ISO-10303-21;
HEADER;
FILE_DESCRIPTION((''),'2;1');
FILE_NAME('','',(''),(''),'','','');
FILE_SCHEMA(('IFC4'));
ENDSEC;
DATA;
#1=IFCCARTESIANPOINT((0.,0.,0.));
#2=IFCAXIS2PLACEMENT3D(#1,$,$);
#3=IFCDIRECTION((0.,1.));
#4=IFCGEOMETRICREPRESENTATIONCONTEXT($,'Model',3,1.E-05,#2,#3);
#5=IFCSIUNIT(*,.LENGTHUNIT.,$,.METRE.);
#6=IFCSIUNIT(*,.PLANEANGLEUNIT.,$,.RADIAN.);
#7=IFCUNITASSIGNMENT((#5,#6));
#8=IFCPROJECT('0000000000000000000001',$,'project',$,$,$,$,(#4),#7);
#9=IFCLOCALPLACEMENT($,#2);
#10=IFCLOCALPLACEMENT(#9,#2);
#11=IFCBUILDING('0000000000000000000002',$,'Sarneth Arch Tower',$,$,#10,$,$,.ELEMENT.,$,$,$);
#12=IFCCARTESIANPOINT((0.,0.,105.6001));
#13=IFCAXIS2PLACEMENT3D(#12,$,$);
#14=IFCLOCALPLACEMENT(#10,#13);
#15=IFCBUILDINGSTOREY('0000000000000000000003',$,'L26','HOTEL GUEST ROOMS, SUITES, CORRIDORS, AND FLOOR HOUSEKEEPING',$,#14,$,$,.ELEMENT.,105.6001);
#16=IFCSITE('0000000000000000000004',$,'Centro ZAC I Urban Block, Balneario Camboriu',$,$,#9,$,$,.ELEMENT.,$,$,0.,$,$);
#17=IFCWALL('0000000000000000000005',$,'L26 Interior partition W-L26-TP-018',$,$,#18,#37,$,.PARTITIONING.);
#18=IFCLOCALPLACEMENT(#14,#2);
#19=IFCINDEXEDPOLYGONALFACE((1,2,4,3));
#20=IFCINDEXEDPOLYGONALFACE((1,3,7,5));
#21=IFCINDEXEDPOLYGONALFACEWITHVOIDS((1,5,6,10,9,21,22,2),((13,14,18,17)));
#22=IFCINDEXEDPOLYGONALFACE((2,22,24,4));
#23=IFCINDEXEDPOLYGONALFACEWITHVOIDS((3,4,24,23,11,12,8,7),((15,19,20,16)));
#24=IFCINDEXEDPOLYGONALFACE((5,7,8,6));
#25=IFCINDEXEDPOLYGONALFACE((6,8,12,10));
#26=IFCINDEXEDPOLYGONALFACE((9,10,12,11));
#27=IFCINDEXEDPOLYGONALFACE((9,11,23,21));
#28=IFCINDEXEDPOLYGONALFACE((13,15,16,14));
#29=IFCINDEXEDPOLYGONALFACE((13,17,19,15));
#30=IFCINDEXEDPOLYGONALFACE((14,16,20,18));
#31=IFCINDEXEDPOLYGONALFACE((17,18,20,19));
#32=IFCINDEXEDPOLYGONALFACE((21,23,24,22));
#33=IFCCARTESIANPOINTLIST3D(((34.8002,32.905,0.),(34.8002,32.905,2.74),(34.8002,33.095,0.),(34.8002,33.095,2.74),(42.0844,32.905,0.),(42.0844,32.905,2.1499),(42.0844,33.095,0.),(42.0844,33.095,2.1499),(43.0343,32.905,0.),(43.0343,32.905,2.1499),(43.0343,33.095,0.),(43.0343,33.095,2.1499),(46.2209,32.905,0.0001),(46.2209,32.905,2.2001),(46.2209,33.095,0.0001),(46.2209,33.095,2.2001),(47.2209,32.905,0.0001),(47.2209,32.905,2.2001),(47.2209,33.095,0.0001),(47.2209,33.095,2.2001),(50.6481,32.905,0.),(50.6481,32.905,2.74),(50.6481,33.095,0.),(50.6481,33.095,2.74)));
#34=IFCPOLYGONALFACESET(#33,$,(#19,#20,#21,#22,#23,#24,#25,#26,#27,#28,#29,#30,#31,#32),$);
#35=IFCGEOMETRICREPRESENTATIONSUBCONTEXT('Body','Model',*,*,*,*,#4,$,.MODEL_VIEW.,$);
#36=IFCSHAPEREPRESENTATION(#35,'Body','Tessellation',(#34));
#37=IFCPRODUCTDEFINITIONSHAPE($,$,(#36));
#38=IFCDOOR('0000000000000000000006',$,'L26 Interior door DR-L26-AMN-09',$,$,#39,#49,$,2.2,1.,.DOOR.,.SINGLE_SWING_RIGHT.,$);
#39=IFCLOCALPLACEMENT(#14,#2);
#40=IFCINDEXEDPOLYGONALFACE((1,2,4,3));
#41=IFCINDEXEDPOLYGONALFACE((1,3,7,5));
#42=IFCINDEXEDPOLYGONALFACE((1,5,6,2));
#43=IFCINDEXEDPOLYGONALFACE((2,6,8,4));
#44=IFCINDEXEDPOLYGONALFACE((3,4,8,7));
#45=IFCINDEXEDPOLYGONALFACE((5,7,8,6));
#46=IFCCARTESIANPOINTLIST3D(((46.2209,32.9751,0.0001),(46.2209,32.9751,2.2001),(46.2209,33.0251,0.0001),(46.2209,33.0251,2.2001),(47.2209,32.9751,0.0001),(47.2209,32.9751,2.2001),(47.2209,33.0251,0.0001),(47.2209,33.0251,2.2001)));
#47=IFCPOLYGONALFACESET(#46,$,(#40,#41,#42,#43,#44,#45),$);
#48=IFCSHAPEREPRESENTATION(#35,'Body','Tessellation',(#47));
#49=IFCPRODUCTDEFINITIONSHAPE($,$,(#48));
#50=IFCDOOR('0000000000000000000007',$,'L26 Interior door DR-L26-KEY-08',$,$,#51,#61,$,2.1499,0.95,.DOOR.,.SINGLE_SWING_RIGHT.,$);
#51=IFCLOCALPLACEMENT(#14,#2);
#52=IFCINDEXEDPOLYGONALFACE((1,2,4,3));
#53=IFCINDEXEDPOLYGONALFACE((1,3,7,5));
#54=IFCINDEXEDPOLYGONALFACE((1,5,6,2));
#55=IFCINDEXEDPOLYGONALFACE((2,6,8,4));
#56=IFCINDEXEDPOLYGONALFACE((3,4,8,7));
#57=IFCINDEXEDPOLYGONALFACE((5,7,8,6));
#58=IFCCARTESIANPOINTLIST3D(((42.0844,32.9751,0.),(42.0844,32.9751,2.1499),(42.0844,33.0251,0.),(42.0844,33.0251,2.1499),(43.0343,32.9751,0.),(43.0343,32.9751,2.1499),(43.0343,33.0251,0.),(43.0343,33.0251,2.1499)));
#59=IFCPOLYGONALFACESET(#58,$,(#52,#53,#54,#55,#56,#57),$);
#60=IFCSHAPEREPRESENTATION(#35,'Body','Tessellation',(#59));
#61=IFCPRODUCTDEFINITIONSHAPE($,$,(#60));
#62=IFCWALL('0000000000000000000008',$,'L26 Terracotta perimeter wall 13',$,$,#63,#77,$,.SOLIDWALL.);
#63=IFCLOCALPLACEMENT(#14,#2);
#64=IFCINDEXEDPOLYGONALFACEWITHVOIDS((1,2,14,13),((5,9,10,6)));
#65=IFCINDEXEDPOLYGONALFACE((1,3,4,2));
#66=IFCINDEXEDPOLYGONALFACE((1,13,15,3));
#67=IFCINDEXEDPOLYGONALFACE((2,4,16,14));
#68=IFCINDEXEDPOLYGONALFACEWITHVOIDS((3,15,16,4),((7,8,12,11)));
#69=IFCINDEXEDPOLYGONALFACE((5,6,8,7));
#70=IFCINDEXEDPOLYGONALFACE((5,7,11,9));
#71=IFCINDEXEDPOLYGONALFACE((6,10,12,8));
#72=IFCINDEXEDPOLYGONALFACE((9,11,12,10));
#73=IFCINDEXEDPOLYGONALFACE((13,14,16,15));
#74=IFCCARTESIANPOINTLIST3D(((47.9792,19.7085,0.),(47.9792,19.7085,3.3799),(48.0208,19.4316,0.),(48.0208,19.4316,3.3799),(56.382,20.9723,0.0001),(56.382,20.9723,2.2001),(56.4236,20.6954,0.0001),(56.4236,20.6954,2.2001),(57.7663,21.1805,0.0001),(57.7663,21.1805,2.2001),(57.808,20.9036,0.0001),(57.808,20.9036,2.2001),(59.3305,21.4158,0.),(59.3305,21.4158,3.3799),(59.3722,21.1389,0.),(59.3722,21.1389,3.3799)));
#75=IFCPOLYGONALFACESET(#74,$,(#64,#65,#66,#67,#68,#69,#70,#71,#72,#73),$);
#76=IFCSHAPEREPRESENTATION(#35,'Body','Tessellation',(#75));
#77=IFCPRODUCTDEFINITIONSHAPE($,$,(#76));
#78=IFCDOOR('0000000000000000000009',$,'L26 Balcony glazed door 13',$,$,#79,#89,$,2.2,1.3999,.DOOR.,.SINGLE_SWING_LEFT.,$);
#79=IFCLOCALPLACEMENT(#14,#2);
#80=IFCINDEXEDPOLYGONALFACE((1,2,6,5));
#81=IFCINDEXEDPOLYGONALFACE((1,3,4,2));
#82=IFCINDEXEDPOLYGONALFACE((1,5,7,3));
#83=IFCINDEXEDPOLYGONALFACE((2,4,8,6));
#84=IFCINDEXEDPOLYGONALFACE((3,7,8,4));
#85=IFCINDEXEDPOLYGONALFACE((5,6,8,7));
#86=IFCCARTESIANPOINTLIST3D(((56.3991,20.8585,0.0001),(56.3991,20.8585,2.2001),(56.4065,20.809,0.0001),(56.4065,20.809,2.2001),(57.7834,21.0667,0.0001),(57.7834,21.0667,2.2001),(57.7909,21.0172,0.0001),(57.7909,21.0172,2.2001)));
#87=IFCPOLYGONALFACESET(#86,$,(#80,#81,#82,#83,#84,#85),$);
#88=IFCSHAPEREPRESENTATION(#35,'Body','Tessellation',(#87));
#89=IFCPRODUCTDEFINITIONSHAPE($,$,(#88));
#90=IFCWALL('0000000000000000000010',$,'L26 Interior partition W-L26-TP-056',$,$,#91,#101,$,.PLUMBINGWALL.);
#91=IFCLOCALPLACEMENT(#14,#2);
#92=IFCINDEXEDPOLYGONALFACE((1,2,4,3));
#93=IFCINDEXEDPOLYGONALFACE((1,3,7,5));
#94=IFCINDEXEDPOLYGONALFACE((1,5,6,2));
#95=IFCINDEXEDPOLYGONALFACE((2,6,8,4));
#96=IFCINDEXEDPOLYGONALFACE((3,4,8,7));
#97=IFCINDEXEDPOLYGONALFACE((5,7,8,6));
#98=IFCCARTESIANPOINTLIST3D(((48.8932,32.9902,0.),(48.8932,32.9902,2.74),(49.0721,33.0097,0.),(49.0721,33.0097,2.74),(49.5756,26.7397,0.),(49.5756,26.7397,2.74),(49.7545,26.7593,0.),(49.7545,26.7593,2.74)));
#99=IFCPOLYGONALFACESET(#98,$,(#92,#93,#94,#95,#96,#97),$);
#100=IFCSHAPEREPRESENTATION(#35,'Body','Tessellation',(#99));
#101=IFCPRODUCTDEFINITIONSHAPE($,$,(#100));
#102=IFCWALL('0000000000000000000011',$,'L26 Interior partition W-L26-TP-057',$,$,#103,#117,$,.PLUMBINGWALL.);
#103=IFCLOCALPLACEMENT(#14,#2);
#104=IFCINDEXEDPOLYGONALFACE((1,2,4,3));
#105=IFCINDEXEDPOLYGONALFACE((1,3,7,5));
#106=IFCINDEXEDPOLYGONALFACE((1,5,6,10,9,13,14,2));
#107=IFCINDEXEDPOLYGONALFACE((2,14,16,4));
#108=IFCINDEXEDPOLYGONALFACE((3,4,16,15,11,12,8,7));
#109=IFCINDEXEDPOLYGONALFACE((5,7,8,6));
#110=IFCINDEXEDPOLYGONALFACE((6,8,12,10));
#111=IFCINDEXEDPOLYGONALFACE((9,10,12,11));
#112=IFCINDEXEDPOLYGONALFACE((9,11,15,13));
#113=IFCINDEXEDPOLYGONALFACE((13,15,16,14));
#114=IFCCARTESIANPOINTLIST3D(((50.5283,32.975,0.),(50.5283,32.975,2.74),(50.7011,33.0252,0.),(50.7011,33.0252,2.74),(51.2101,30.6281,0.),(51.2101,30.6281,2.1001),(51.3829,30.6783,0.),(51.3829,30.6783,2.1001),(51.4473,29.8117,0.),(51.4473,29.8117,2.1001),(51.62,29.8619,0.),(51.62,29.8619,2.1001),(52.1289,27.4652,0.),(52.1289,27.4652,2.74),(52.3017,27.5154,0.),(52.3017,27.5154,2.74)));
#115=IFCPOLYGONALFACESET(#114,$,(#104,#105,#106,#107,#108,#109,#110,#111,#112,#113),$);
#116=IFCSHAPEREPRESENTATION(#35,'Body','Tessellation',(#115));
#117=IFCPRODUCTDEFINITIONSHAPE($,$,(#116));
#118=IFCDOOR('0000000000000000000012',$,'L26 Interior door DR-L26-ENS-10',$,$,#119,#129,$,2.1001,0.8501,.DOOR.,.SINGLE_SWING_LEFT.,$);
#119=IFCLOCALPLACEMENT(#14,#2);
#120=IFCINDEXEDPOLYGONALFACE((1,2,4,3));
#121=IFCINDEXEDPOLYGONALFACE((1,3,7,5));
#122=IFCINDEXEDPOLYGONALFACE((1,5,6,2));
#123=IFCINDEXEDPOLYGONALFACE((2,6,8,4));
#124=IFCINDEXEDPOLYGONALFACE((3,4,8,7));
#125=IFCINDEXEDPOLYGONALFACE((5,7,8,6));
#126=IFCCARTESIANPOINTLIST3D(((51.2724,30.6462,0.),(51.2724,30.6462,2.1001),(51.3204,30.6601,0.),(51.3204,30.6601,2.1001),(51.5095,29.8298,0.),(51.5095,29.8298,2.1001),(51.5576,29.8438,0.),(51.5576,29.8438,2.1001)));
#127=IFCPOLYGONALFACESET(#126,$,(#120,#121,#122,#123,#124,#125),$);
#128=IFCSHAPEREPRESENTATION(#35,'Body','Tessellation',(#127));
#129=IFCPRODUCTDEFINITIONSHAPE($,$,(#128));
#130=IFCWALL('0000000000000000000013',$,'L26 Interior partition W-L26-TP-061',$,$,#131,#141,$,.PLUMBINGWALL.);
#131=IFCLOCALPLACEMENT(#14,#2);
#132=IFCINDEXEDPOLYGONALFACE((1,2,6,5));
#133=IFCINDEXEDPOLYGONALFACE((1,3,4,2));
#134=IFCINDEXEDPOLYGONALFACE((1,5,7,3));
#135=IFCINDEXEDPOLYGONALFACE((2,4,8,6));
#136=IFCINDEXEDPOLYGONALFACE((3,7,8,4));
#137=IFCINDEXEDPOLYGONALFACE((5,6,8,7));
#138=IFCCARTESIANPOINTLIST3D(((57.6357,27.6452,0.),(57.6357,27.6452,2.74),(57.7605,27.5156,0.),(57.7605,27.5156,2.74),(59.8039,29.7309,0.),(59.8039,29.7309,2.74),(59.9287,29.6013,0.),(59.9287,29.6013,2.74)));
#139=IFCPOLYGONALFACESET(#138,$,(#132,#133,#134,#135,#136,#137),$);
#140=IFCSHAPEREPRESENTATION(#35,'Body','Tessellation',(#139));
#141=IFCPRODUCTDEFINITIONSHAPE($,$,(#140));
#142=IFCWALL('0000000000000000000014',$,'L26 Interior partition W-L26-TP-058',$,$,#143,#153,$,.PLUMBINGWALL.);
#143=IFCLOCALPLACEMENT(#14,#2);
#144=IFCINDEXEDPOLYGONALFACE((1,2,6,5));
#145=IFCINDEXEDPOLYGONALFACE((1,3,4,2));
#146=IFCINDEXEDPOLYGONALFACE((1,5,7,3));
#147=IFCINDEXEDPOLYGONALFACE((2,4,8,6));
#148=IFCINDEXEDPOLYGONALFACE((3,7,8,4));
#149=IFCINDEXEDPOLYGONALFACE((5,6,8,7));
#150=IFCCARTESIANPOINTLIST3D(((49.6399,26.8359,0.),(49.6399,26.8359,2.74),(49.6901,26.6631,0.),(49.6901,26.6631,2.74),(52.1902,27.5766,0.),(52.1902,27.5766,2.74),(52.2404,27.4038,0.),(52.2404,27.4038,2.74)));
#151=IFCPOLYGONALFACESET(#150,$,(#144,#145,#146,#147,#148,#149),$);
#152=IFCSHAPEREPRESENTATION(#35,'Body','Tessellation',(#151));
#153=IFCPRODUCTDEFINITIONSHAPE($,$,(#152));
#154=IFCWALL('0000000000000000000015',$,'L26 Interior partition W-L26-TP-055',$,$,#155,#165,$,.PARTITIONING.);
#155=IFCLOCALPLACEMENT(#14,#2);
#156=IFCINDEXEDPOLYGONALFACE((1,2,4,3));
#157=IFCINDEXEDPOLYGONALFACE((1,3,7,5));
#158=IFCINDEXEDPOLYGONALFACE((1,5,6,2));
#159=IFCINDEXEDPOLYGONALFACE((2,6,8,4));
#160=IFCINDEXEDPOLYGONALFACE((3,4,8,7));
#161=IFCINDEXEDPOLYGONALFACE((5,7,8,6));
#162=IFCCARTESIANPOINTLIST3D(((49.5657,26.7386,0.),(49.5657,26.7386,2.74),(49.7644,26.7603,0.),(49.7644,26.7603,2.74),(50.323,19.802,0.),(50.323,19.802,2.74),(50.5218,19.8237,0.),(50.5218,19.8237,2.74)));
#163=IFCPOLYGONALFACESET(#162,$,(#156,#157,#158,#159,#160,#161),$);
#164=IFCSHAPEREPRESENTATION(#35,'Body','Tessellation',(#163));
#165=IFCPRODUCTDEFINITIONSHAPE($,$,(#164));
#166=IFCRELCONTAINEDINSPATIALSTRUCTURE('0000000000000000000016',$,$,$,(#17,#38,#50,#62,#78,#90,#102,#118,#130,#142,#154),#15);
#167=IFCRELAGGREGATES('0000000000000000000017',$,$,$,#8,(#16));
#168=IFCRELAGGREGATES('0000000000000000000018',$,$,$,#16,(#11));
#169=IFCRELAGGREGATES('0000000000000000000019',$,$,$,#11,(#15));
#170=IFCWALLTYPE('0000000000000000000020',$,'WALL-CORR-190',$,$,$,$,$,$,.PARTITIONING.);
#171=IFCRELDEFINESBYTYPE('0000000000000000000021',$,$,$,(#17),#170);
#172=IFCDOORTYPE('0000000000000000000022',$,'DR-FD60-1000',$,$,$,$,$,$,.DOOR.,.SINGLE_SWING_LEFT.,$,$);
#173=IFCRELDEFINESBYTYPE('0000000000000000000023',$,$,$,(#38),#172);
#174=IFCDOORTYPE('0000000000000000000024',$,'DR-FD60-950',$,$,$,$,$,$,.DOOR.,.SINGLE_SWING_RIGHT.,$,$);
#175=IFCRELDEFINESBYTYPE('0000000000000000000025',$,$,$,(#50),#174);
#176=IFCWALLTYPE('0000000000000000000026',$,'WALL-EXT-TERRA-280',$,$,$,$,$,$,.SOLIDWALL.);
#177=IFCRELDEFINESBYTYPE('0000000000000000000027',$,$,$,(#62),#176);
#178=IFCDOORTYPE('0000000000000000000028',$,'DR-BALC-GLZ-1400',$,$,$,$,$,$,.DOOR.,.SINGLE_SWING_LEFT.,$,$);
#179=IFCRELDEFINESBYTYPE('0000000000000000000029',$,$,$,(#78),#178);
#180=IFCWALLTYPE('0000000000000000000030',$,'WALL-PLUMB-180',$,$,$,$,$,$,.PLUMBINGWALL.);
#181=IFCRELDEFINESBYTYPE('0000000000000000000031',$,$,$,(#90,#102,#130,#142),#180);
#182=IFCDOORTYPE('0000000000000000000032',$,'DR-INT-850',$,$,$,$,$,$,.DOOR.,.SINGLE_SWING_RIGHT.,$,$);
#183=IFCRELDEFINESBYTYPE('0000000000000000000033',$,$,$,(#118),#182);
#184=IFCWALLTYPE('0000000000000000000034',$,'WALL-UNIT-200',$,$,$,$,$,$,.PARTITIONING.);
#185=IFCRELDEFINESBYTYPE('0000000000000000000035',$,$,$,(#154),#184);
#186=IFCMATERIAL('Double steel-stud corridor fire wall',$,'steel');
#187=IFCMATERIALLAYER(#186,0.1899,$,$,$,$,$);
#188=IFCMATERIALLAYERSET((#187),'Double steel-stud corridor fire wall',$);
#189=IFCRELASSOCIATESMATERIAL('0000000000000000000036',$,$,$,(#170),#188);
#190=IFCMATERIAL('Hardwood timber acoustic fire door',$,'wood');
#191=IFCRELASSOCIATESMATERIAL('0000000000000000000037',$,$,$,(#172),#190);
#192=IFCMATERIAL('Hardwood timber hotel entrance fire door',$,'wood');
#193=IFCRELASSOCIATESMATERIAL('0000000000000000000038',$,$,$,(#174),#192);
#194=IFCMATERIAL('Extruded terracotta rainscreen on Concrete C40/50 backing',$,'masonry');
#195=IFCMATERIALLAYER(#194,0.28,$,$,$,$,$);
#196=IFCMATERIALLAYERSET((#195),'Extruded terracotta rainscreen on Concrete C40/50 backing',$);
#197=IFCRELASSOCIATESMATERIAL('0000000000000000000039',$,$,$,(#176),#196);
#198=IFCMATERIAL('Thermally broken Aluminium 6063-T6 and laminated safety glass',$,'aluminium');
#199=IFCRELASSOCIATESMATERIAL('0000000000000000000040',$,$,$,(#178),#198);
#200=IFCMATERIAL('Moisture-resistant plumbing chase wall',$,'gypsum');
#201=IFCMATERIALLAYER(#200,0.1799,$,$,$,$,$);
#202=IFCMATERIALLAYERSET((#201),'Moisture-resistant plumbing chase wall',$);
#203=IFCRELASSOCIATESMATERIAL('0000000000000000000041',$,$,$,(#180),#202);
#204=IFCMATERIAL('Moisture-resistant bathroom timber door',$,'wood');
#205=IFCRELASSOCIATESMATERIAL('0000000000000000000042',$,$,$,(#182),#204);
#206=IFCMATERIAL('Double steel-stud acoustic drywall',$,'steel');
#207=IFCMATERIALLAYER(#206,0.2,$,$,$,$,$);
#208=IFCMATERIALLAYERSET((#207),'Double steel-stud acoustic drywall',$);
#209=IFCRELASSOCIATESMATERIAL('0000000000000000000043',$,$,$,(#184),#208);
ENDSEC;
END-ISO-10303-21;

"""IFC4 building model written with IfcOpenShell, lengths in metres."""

from ifc_helpers import new_model, si_unit, direction, frame, frame_2d, origin, place, context, subcontext, project, spatial, rectangle, extrude, material, layer, layer_set, type_object, element, fill, save


model = new_model("IFC4")

# Units and contexts
model_context = context("Model", 3, precision=1e-05, world=origin(), true_north=direction((0.0, 1.0)))
body_context = subcontext(model_context, "Body", "Model", "MODEL_VIEW")
ifc_project = project(units=[si_unit("LENGTHUNIT", "METRE"), si_unit("PLANEANGLEUNIT", "RADIAN")], contexts=[model_context])

# Site, building, storey
site_placement = place(None, origin())
site = spatial("IfcSite", under=ifc_project, at=site_placement, Name="Centro ZAC I Urban Block, Balneario Camboriu", CompositionType="ELEMENT", RefElevation=0.0)
building_placement = place(site_placement, origin())
building = spatial("IfcBuilding", under=site, at=building_placement, Name="Sarneth Arch Tower", CompositionType="ELEMENT")
storey_placement = place(building_placement, frame((0.0, 0.0, 105.6001)))
storey = spatial("IfcBuildingStorey", under=building, at=storey_placement, Name="L26", Description="HOTEL GUEST ROOMS, SUITES, CORRIDORS, AND FLOOR HOUSEKEEPING", CompositionType="ELEMENT", Elevation=105.6001)

# Wall, openings, doors
ifc_material_1 = material(Name="Double steel-stud corridor fire wall", Category="steel")
ifc_layer_1 = layer(ifc_material_1, 0.1899)
ifc_layer_set_1 = layer_set([ifc_layer_1], Name="Double steel-stud corridor fire wall")
wall_type_1 = type_object("IfcWallType", Name="WALL-CORR-190", PredefinedType="PARTITIONING", material=ifc_layer_set_1)
wall_1_placement = place(storey_placement, frame((50.6479, 33.0, 0.0), z_axis=(0.0, 0.0, 1.0), x_axis=(-1.0, 0.0, 0.0)))
wall_1 = element("IfcWall", 1, at=wall_1_placement, inside=storey, type_object=wall_type_1, Name="L26 Interior partition W-L26-TP-018", PredefinedType="PARTITIONING", context=body_context, shape_type="SweptSolid", body=[
    extrude(rectangle(XDim=15.8479, YDim=0.1899, at=frame_2d((7.9238, 0.0))), origin(), (0.0, 0.0, 1.0), 2.74),
])
opening_1_placement = place(wall_1_placement, frame((3.427, 0.0, 0.0)))
opening_1 = element("IfcOpeningElement", 2, at=opening_1_placement, cuts=wall_1, PredefinedType="OPENING", context=body_context, shape_type="SweptSolid", body=[
    extrude(rectangle(XDim=1.0, YDim=2.2, at=frame_2d((0.5, 1.1001))), frame((0.0, 0.105, 0.0), z_axis=(0.0, -1.0, 0.0), x_axis=(1.0, 0.0, 0.0)), (0.0, 0.0, 1.0), 0.21),
])
opening_2_placement = place(wall_1_placement, frame((7.6135, 0.0, 0.0)))
opening_2 = element("IfcOpeningElement", 3, at=opening_2_placement, cuts=wall_1, PredefinedType="OPENING", context=body_context, shape_type="SweptSolid", body=[
    extrude(rectangle(XDim=0.95, YDim=2.1499, at=frame_2d((0.4751, 1.075))), frame((0.0, 0.105, 0.0), z_axis=(0.0, -1.0, 0.0), x_axis=(1.0, 0.0, 0.0)), (0.0, 0.0, 1.0), 0.21),
])
ifc_material_2 = material(Name="Hardwood timber acoustic fire door", Category="wood")
door_type_1 = type_object("IfcDoorType", Name="DR-FD60-1000", OperationType="SINGLE_SWING_LEFT", PredefinedType="DOOR", material=ifc_material_2)
door_1_placement = place(opening_1_placement, origin())
door_1 = element("IfcDoor", 4, at=door_1_placement, inside=storey, type_object=door_type_1, Name="L26 Interior door DR-L26-AMN-09", OperationType="SINGLE_SWING_RIGHT", OverallHeight=2.2, OverallWidth=1.0, PredefinedType="DOOR", context=body_context, shape_type="SweptSolid", body=[
    extrude(rectangle(XDim=1.0, YDim=2.2, at=frame_2d((0.5, 1.1001))), frame((0.0, 0.0249, 0.0), z_axis=(0.0, -1.0, 0.0), x_axis=(1.0, 0.0, 0.0)), (0.0, 0.0, 1.0), 0.05),
])
fill(opening_1, door_1)
ifc_material_3 = material(Name="Hardwood timber hotel entrance fire door", Category="wood")
door_type_2 = type_object("IfcDoorType", Name="DR-FD60-950", OperationType="SINGLE_SWING_RIGHT", PredefinedType="DOOR", material=ifc_material_3)
door_2_placement = place(opening_2_placement, origin())
door_2 = element("IfcDoor", 5, at=door_2_placement, inside=storey, type_object=door_type_2, Name="L26 Interior door DR-L26-KEY-08", OperationType="SINGLE_SWING_RIGHT", OverallHeight=2.1499, OverallWidth=0.95, PredefinedType="DOOR", context=body_context, shape_type="SweptSolid", body=[
    extrude(rectangle(XDim=0.95, YDim=2.1499, at=frame_2d((0.4751, 1.075))), frame((0.0, 0.0249, 0.0), z_axis=(0.0, -1.0, 0.0), x_axis=(1.0, 0.0, 0.0)), (0.0, 0.0, 1.0), 0.05),
])
fill(opening_2, door_2)

# Wall, opening, door
ifc_material_4 = material(Name="Extruded terracotta rainscreen on Concrete C40/50 backing", Category="masonry")
ifc_layer_2 = layer(ifc_material_4, 0.28)
ifc_layer_set_2 = layer_set([ifc_layer_2], Name="Extruded terracotta rainscreen on Concrete C40/50 backing")
wall_type_2 = type_object("IfcWallType", Name="WALL-EXT-TERRA-280", PredefinedType="SOLIDWALL", material=ifc_layer_set_2)
wall_2_placement = place(storey_placement, frame((48.0, 19.5701, 0.0), z_axis=(0.0, 0.0, 1.0), x_axis=(0.988878, 0.14873, 0.0)))
wall_2 = element("IfcWall", 6, at=wall_2_placement, inside=storey, type_object=wall_type_2, Name="L26 Terracotta perimeter wall 13", PredefinedType="SOLIDWALL", context=body_context, shape_type="SweptSolid", body=[
    extrude(rectangle(XDim=11.479, YDim=0.28, at=frame_2d((5.7395, 0.0))), origin(), (0.0, 0.0, 1.0), 3.3799),
])
opening_3_placement = place(wall_2_placement, frame((8.4973, 0.0, 0.0)))
opening_3 = element("IfcOpeningElement", 7, at=opening_3_placement, cuts=wall_2, PredefinedType="OPENING", context=body_context, shape_type="SweptSolid", body=[
    extrude(rectangle(XDim=1.3999, YDim=2.2, at=frame_2d((0.7, 1.1001))), frame((0.0, 0.1499, 0.0), z_axis=(0.0, -1.0, 0.0), x_axis=(1.0, 0.0, 0.0)), (0.0, 0.0, 1.0), 0.3),
])
ifc_material_5 = material(Name="Thermally broken Aluminium 6063-T6 and laminated safety glass", Category="aluminium")
door_type_3 = type_object("IfcDoorType", Name="DR-BALC-GLZ-1400", OperationType="SINGLE_SWING_LEFT", PredefinedType="DOOR", material=ifc_material_5)
door_3_placement = place(opening_3_placement, origin())
door_3 = element("IfcDoor", 8, at=door_3_placement, inside=storey, type_object=door_type_3, Name="L26 Balcony glazed door 13", OperationType="SINGLE_SWING_LEFT", OverallHeight=2.2, OverallWidth=1.3999, PredefinedType="DOOR", context=body_context, shape_type="SweptSolid", body=[
    extrude(rectangle(XDim=1.3999, YDim=2.2, at=frame_2d((0.7, 1.1001))), frame((0.0, 0.0249, 0.0), z_axis=(0.0, -1.0, 0.0), x_axis=(1.0, 0.0, 0.0)), (0.0, 0.0, 1.0), 0.05),
])
fill(opening_3, door_3)

# Wall
ifc_material_6 = material(Name="Moisture-resistant plumbing chase wall", Category="gypsum")
ifc_layer_3 = layer(ifc_material_6, 0.1799)
ifc_layer_set_3 = layer_set([ifc_layer_3], Name="Moisture-resistant plumbing chase wall")
wall_type_3 = type_object("IfcWallType", Name="WALL-PLUMB-180", PredefinedType="PLUMBINGWALL", material=ifc_layer_set_3)
wall_3_placement = place(storey_placement, frame((49.665, 26.7495, 0.0), z_axis=(0.0, 0.0, 1.0), x_axis=(-0.108526, 0.994094, 0.0)))
element("IfcWall", 9, at=wall_3_placement, inside=storey, type_object=wall_type_3, Name="L26 Interior partition W-L26-TP-056", PredefinedType="PLUMBINGWALL", context=body_context, shape_type="SweptSolid", body=[
    extrude(rectangle(XDim=6.2876, YDim=0.1799, at=frame_2d((3.1438, 0.0))), origin(), (0.0, 0.0, 1.0), 2.74),
])

# Wall, opening, door
wall_4_placement = place(storey_placement, frame((50.6147, 33.0, 0.0), z_axis=(0.0, 0.0, 1.0), x_axis=(0.278967, -0.960301, 0.0)))
wall_4 = element("IfcWall", 10, at=wall_4_placement, inside=storey, type_object=wall_type_3, Name="L26 Interior partition W-L26-TP-057", PredefinedType="PLUMBINGWALL", context=body_context, shape_type="SweptSolid", body=[
    extrude(rectangle(XDim=5.7375, YDim=0.1799, at=frame_2d((2.8687, 0.0))), origin(), (0.0, 0.0, 1.0), 2.74),
])
opening_4_placement = place(wall_4_placement, frame((2.4438, 0.0, 0.0)))
opening_4 = element("IfcOpeningElement", 11, at=opening_4_placement, cuts=wall_4, PredefinedType="OPENING", context=body_context, shape_type="SweptSolid", body=[
    extrude(rectangle(XDim=0.8501, YDim=2.1001, at=frame_2d((0.425, 1.05))), frame((0.0, 0.0999, 0.0), z_axis=(0.0, -1.0, 0.0), x_axis=(1.0, 0.0, 0.0)), (0.0, 0.0, 1.0), 0.2),
])
ifc_material_7 = material(Name="Moisture-resistant bathroom timber door", Category="wood")
door_type_4 = type_object("IfcDoorType", Name="DR-INT-850", OperationType="SINGLE_SWING_RIGHT", PredefinedType="DOOR", material=ifc_material_7)
door_4_placement = place(opening_4_placement, origin())
door_4 = element("IfcDoor", 12, at=door_4_placement, inside=storey, type_object=door_type_4, Name="L26 Interior door DR-L26-ENS-10", OperationType="SINGLE_SWING_LEFT", OverallHeight=2.1001, OverallWidth=0.8501, PredefinedType="DOOR", context=body_context, shape_type="SweptSolid", body=[
    extrude(rectangle(XDim=0.8501, YDim=2.1001, at=frame_2d((0.425, 1.05))), frame((0.0, 0.0249, 0.0), z_axis=(0.0, -1.0, 0.0), x_axis=(1.0, 0.0, 0.0)), (0.0, 0.0, 1.0), 0.05),
])
fill(opening_4, door_4)

# Walls
wall_5_placement = place(storey_placement, frame((57.698, 27.5803, 0.0), z_axis=(0.0, 0.0, 1.0), x_axis=(0.720688, 0.69326, 0.0)))
element("IfcWall", 13, at=wall_5_placement, inside=storey, type_object=wall_type_3, Name="L26 Interior partition W-L26-TP-061", PredefinedType="PLUMBINGWALL", context=body_context, shape_type="SweptSolid", body=[
    extrude(rectangle(XDim=3.0085, YDim=0.1799, at=frame_2d((1.5044, 0.0))), origin(), (0.0, 0.0, 1.0), 2.74),
])
wall_6_placement = place(storey_placement, frame((52.2153, 27.4902, 0.0), z_axis=(0.0, 0.0, 1.0), x_axis=(-0.960314, -0.27892, 0.0)))
element("IfcWall", 14, at=wall_6_placement, inside=storey, type_object=wall_type_3, Name="L26 Interior partition W-L26-TP-058", PredefinedType="PLUMBINGWALL", context=body_context, shape_type="SweptSolid", body=[
    extrude(rectangle(XDim=2.6558, YDim=0.1799, at=frame_2d((1.3279, 0.0))), origin(), (0.0, 0.0, 1.0), 2.74),
])
ifc_material_8 = material(Name="Double steel-stud acoustic drywall", Category="steel")
ifc_layer_4 = layer(ifc_material_8, 0.2)
ifc_layer_set_4 = layer_set([ifc_layer_4], Name="Double steel-stud acoustic drywall")
wall_type_4 = type_object("IfcWallType", Name="WALL-UNIT-200", PredefinedType="PARTITIONING", material=ifc_layer_set_4)
wall_7_placement = place(storey_placement, frame((50.4224, 19.813, 0.0), z_axis=(0.0, 0.0, 1.0), x_axis=(-0.108534, 0.994093, 0.0)))
element("IfcWall", 15, at=wall_7_placement, inside=storey, type_object=wall_type_4, Name="L26 Interior partition W-L26-TP-055", PredefinedType="PARTITIONING", context=body_context, shape_type="SweptSolid", body=[
    extrude(rectangle(XDim=6.9778, YDim=0.2, at=frame_2d((3.4888, 0.0))), origin(), (0.0, 0.0, 1.0), 2.74),
])

save(model, "model.ifc")
